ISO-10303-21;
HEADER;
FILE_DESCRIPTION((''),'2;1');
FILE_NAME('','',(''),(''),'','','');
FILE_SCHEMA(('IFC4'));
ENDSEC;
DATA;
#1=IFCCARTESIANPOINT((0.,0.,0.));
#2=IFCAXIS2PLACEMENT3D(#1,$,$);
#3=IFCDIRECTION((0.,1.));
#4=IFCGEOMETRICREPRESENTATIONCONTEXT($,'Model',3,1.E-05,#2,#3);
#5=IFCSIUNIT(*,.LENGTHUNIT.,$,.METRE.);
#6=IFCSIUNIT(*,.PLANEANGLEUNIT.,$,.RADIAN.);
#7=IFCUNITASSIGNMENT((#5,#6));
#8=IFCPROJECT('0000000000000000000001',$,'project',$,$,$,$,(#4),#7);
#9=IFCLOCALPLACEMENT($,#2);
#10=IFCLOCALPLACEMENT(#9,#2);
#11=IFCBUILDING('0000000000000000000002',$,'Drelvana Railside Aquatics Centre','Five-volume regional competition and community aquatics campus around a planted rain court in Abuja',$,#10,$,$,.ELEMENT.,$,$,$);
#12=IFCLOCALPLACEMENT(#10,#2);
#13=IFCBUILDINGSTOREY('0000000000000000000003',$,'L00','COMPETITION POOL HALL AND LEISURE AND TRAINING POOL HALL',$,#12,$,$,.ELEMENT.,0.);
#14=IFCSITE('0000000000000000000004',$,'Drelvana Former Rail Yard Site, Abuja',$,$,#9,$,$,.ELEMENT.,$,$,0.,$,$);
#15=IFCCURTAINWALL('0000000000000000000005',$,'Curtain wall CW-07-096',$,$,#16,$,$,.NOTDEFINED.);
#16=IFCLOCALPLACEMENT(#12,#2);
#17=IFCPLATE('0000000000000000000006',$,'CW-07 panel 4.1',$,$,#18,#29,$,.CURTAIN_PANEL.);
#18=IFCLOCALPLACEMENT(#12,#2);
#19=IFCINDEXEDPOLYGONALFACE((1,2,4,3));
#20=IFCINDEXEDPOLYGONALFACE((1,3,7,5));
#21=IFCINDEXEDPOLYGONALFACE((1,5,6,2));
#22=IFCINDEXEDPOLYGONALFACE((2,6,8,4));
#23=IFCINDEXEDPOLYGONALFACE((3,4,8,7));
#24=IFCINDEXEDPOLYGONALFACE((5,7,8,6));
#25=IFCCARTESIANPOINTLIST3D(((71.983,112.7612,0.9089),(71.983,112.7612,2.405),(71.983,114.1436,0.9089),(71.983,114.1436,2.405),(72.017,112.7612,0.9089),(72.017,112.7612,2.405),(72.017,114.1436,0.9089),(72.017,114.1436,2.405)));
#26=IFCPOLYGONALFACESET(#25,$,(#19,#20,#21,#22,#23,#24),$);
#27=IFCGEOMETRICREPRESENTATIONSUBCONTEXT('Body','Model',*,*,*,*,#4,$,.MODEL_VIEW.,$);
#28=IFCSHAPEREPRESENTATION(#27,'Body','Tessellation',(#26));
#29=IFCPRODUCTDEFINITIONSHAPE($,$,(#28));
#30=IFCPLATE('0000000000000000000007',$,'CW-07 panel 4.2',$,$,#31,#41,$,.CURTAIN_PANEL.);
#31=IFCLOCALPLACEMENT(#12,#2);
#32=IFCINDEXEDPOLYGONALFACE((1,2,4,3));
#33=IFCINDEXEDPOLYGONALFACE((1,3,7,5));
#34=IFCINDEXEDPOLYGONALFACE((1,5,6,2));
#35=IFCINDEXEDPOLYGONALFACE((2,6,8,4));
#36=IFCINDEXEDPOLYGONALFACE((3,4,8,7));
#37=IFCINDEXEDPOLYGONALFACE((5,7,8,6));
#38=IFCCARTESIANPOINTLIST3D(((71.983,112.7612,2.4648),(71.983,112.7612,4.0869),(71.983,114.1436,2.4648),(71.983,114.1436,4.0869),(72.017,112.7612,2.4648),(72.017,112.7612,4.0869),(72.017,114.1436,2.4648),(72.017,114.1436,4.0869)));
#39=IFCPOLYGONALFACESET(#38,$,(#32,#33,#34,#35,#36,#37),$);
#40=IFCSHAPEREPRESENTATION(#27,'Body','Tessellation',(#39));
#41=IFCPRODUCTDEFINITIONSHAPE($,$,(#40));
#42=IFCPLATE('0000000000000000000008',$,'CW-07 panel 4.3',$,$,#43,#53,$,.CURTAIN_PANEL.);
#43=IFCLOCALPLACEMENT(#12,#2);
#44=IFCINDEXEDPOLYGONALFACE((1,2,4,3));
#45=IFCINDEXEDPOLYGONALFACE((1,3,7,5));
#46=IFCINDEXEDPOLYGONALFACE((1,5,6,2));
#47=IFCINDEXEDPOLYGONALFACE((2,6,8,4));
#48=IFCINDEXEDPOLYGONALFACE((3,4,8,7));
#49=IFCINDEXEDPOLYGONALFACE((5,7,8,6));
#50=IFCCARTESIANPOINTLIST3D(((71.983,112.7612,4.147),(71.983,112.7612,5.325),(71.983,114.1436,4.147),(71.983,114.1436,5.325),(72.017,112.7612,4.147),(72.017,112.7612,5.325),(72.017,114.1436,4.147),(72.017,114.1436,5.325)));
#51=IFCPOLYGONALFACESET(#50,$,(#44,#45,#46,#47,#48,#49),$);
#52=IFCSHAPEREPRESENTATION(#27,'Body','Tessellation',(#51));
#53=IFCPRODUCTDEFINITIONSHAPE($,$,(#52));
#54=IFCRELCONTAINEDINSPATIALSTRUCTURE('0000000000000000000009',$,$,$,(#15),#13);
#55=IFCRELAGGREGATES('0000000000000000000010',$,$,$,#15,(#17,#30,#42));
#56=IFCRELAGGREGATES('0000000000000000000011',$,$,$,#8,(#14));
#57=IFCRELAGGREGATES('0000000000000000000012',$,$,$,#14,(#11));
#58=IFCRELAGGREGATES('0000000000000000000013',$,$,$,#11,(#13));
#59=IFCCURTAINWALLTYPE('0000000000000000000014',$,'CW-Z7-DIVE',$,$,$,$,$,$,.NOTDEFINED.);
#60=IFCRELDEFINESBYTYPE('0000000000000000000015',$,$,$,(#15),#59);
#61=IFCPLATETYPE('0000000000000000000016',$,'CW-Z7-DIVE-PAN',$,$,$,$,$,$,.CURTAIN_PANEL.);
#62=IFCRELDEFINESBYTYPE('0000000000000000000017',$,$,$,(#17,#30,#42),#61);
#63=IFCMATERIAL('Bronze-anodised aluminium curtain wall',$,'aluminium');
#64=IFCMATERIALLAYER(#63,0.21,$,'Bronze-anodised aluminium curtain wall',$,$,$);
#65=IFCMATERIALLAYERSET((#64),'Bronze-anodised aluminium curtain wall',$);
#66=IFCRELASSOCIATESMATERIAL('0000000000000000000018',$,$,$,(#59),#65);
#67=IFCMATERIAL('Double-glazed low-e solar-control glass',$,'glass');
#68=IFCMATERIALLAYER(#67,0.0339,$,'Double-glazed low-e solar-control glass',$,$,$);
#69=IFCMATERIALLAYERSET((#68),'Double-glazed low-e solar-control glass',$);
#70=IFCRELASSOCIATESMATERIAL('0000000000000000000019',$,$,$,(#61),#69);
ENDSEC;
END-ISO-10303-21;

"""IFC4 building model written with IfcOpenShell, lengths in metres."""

from ifc_helpers import new_model, si_unit, direction, frame, origin, origin_2d, place, context, subcontext, project, spatial, rectangle, extrude, material, layer, layer_set, type_object, element, aggregate, save


model = new_model("IFC4")

# Units and contexts
model_context = context("Model", 3, precision=1e-05, world=origin(), true_north=direction((0.0, 1.0)))
body_context = subcontext(model_context, "Body", "Model", "MODEL_VIEW")
ifc_project = project(units=[si_unit("LENGTHUNIT", "METRE"), si_unit("PLANEANGLEUNIT", "RADIAN")], contexts=[model_context])

# Site, building, storey
site_placement = place(None, origin())
site = spatial("IfcSite", under=ifc_project, at=site_placement, Name="Drelvana Former Rail Yard Site, Abuja", CompositionType="ELEMENT", RefElevation=0.0)
building_placement = place(site_placement, origin())
building = spatial("IfcBuilding", under=site, at=building_placement, Name="Drelvana Railside Aquatics Centre", Description="Five-volume regional competition and community aquatics campus around a planted rain court in Abuja", CompositionType="ELEMENT")
storey_placement = place(building_placement, origin())
storey = spatial("IfcBuildingStorey", under=building, at=storey_placement, Name="L00", Description="COMPETITION POOL HALL AND LEISURE AND TRAINING POOL HALL", CompositionType="ELEMENT", Elevation=0.0)

# Curtain wall, plates
ifc_material_1 = material(Name="Bronze-anodised aluminium curtain wall", Category="aluminium")
ifc_layer_1 = layer(ifc_material_1, 0.21, Name="Bronze-anodised aluminium curtain wall")
ifc_layer_set_1 = layer_set([ifc_layer_1], Name="Bronze-anodised aluminium curtain wall")
curtain_wall_type = type_object("IfcCurtainWallType", Name="CW-Z7-DIVE", PredefinedType="NOTDEFINED", material=ifc_layer_set_1)
curtain_wall_placement = place(storey_placement, origin())
curtain_wall = element("IfcCurtainWall", 1, at=curtain_wall_placement, inside=storey, type_object=curtain_wall_type, Name="Curtain wall CW-07-096", PredefinedType="NOTDEFINED")
ifc_material_2 = material(Name="Double-glazed low-e solar-control glass", Category="glass")
ifc_layer_2 = layer(ifc_material_2, 0.0339, Name="Double-glazed low-e solar-control glass")
ifc_layer_set_2 = layer_set([ifc_layer_2], Name="Double-glazed low-e solar-control glass")
plate_type = type_object("IfcPlateType", Name="CW-Z7-DIVE-PAN", PredefinedType="CURTAIN_PANEL", material=ifc_layer_set_2)
plate_1_placement = place(storey_placement, frame((72.0, 113.4524, 0.9089), z_axis=(0.0, 0.0, 1.0), x_axis=(0.0, 1.0, 0.0)))
plate_1 = element("IfcPlate", 2, at=plate_1_placement, type_object=plate_type, Name="CW-07 panel 4.1", PredefinedType="CURTAIN_PANEL", context=body_context, shape_type="SweptSolid", body=[
    extrude(rectangle(XDim=1.3823, YDim=0.0339, at=origin_2d()), origin(), (0.0, 0.0, 1.0), 1.4961),
])
plate_2_placement = place(storey_placement, frame((72.0, 113.4524, 2.4648), z_axis=(0.0, 0.0, 1.0), x_axis=(0.0, 1.0, 0.0)))
plate_2 = element("IfcPlate", 3, at=plate_2_placement, type_object=plate_type, Name="CW-07 panel 4.2", PredefinedType="CURTAIN_PANEL", context=body_context, shape_type="SweptSolid", body=[
    extrude(rectangle(XDim=1.3823, YDim=0.0339, at=origin_2d()), origin(), (0.0, 0.0, 1.0), 1.6221),
])
plate_3_placement = place(storey_placement, frame((72.0, 113.4524, 4.147), z_axis=(0.0, 0.0, 1.0), x_axis=(0.0, 1.0, 0.0)))
plate_3 = element("IfcPlate", 4, at=plate_3_placement, type_object=plate_type, Name="CW-07 panel 4.3", PredefinedType="CURTAIN_PANEL", context=body_context, shape_type="SweptSolid", body=[
    extrude(rectangle(XDim=1.3823, YDim=0.0339, at=origin_2d()), origin(), (0.0, 0.0, 1.0), 1.178),
])
aggregate(curtain_wall, [plate_1, plate_2, plate_3])

save(model, "model.ifc")
